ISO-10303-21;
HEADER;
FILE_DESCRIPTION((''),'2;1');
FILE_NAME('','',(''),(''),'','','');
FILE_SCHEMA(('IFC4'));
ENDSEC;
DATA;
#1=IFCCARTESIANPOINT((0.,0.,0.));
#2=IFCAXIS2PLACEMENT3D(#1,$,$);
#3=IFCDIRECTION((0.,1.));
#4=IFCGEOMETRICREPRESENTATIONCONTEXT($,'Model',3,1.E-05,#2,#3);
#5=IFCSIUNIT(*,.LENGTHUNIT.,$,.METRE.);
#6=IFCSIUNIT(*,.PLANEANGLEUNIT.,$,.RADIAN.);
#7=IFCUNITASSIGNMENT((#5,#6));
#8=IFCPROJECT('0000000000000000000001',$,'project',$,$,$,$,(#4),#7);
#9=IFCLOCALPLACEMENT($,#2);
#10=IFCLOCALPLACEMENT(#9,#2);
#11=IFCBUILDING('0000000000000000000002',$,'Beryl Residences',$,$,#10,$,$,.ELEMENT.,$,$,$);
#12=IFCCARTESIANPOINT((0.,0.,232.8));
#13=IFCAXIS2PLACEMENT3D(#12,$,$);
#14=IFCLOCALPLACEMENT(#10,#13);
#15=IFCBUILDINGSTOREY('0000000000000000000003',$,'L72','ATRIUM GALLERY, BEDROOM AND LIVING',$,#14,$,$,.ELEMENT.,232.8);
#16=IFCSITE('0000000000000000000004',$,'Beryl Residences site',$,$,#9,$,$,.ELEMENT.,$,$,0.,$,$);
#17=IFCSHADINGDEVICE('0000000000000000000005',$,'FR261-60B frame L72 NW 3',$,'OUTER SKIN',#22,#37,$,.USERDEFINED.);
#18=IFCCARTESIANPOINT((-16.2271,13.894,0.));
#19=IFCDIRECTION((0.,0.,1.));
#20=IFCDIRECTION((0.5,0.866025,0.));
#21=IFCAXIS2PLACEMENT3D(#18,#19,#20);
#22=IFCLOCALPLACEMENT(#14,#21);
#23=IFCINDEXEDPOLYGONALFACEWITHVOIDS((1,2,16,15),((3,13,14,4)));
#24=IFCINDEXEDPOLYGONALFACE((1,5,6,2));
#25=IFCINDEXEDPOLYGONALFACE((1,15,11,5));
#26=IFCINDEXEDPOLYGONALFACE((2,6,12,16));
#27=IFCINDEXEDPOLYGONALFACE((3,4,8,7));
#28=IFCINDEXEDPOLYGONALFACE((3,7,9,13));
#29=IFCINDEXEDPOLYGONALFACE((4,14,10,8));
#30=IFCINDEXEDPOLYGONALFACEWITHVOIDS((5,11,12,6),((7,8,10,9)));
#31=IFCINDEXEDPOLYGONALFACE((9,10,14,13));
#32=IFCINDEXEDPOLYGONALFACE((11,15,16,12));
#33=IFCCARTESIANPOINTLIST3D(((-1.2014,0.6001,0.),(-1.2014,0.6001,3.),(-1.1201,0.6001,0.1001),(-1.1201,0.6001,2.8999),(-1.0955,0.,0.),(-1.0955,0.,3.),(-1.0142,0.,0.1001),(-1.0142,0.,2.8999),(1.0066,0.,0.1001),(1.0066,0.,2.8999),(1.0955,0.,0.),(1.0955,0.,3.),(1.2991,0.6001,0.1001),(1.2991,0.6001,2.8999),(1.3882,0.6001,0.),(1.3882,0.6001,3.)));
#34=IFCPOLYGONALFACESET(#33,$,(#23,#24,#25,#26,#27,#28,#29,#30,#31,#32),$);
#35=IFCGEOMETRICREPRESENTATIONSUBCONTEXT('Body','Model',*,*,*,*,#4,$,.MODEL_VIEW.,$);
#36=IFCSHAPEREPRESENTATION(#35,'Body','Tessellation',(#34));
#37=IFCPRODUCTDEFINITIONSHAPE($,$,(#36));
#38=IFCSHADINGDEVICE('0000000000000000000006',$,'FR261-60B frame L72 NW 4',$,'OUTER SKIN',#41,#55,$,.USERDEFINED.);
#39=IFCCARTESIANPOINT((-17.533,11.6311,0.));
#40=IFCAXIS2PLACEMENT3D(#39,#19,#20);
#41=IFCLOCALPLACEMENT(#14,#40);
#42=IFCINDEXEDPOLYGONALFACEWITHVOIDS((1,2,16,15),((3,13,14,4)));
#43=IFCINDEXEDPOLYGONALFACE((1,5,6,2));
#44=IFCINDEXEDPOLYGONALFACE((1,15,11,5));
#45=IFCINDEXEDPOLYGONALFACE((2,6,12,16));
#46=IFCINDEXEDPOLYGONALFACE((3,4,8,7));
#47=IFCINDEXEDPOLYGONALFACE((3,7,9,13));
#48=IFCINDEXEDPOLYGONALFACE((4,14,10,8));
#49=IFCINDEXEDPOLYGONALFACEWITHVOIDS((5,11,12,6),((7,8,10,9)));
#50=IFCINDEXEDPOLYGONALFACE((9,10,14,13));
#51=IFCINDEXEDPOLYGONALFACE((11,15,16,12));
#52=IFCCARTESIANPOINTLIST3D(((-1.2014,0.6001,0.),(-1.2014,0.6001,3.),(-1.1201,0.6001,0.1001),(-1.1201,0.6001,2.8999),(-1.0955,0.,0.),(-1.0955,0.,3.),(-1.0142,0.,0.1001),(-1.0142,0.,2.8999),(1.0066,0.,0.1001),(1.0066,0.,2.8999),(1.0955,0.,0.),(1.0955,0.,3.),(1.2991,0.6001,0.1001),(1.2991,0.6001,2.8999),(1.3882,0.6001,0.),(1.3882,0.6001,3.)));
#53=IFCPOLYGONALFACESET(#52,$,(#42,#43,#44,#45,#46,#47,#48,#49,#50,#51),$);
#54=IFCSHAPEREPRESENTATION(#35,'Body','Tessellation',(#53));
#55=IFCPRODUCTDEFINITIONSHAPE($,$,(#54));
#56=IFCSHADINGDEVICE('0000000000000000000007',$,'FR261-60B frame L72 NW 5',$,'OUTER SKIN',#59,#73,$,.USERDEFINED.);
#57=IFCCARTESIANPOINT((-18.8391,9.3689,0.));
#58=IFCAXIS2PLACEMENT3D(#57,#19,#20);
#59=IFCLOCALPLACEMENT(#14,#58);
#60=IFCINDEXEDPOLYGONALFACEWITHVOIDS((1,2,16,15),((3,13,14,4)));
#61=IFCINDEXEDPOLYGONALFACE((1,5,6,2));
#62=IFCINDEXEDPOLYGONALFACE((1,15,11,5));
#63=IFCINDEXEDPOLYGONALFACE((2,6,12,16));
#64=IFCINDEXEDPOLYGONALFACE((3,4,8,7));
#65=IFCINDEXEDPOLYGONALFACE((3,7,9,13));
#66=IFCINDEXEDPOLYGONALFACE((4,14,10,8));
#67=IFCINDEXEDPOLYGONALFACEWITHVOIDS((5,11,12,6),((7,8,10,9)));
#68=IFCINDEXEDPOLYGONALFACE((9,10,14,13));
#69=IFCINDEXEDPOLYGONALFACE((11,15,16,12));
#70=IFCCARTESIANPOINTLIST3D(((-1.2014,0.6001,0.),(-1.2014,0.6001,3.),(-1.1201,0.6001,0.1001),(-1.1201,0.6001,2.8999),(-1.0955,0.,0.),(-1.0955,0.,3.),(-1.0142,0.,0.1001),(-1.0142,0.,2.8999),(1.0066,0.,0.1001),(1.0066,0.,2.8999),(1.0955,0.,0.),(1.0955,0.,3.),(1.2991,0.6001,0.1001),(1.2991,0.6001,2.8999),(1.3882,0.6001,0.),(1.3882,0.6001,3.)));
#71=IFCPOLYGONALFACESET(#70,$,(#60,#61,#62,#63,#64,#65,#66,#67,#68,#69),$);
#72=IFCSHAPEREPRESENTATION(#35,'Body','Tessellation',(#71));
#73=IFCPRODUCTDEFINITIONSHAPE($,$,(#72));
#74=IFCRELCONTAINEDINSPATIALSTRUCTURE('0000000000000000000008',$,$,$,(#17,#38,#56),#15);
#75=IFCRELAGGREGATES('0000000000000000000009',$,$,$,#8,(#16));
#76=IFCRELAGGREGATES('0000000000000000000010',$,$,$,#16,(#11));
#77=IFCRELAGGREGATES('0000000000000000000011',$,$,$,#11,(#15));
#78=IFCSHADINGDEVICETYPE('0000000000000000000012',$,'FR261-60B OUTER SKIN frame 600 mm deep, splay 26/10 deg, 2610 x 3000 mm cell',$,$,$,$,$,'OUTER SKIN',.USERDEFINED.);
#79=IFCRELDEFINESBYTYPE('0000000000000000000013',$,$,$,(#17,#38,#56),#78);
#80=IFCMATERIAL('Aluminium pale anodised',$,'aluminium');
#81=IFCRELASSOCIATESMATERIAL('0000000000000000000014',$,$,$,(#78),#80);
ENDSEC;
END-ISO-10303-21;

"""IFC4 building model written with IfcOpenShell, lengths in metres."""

from ifc_helpers import new_model, entity, si_unit, direction, frame, origin, place, context, subcontext, project, spatial, source, transform, mapped, material, type_object, type_shapes, element, save


model = new_model("IFC4")

# Units and contexts
model_context = context("Model", 3, precision=1e-05, world=origin(), true_north=direction((0.0, 1.0)))
body_context = subcontext(model_context, "Body", "Model", "MODEL_VIEW")
ifc_project = project(units=[si_unit("LENGTHUNIT", "METRE"), si_unit("PLANEANGLEUNIT", "RADIAN")], contexts=[model_context])

# Site, building, storey
site_placement = place(None, origin())
site = spatial("IfcSite", under=ifc_project, at=site_placement, Name="Beryl Residences site", CompositionType="ELEMENT", RefElevation=0.0)
building_placement = place(site_placement, origin())
building = spatial("IfcBuilding", under=site, at=building_placement, Name="Beryl Residences", CompositionType="ELEMENT")
storey_placement = place(building_placement, frame((0.0, 0.0, 232.8)))
storey = spatial("IfcBuildingStorey", under=building, at=storey_placement, Name="L72", Description="ATRIUM GALLERY, BEDROOM AND LIVING", CompositionType="ELEMENT", Elevation=232.8)

# Shading devices
ifc_material_1 = material(Name="Aluminium pale anodised", Category="aluminium")
shading_device_type = type_object("IfcShadingDeviceType", Name="FR261-60B OUTER SKIN frame 600 mm deep, splay 26/10 deg, 2610 x 3000 mm cell", ElementType="OUTER SKIN", PredefinedType="USERDEFINED", material=ifc_material_1)
cartesian_point_1 = entity("IfcCartesianPoint", [-1.0955, 0.0])
cartesian_point_2 = entity("IfcCartesianPoint", [-1.0066, 0.1001])
cartesian_point_3 = entity("IfcCartesianPoint", [-1.3882, 0.0])
cartesian_point_4 = entity("IfcCartesianPoint", [-1.2991, 0.1001])
shared_shape_1 = source(origin(), body_context, "Body", "SweptSolid", [
    entity("IfcExtrudedAreaSolidTapered", entity("IfcArbitraryProfileDefWithVoids", "AREA", None, entity("IfcPolyline", [cartesian_point_1, entity("IfcCartesianPoint", [1.0955, 0.0]), entity("IfcCartesianPoint", [1.0955, 3.0]), entity("IfcCartesianPoint", [-1.0955, 3.0]), cartesian_point_1]), [entity("IfcPolyline", [cartesian_point_2, entity("IfcCartesianPoint", [1.0142, 0.1001]), entity("IfcCartesianPoint", [1.0142, 2.8999]), entity("IfcCartesianPoint", [-1.0066, 2.8999]), cartesian_point_2])]), entity("IfcAxis2Placement3D", entity("IfcCartesianPoint", [0.0, 0.0, 0.0]), entity("IfcDirection", [0.0, 1.0, 0.0]), entity("IfcDirection", [-1.0, 0.0, 0.0])), entity("IfcDirection", [0.0, 0.0, 1.0]), 0.6001, entity("IfcArbitraryProfileDefWithVoids", "AREA", None, entity("IfcPolyline", [cartesian_point_3, entity("IfcCartesianPoint", [1.2014, 0.0]), entity("IfcCartesianPoint", [1.2014, 3.0]), entity("IfcCartesianPoint", [-1.3882, 3.0]), cartesian_point_3]), [entity("IfcPolyline", [cartesian_point_4, entity("IfcCartesianPoint", [1.1201, 0.1001]), entity("IfcCartesianPoint", [1.1201, 2.8999]), entity("IfcCartesianPoint", [-1.2991, 2.8999]), cartesian_point_4])])),
])
type_shapes(shading_device_type, [shared_shape_1])
for number, where, z_axis, x_axis, name in (
    (1, (-16.2271, 13.894, 0.0), (0.0, 0.0, 1.0), (0.5, 0.866025, 0.0), "FR261-60B frame L72 NW 3"),
    (2, (-17.533, 11.6311, 0.0), (0.0, 0.0, 1.0), (0.5, 0.866025, 0.0), "FR261-60B frame L72 NW 4"),
    (3, (-18.8391, 9.3689, 0.0), (0.0, 0.0, 1.0), (0.5, 0.866025, 0.0), "FR261-60B frame L72 NW 5"),
):
    element("IfcShadingDevice", number, at=place(storey_placement, frame(where, z_axis=z_axis, x_axis=x_axis)), inside=storey, type_object=shading_device_type, Name=name, ObjectType="OUTER SKIN", PredefinedType="USERDEFINED", context=body_context, shape_type="MappedRepresentation", body=[
        mapped(shared_shape_1, transform((0.0, 0.0, 0.0))),
    ])

save(model, "model.ifc")
